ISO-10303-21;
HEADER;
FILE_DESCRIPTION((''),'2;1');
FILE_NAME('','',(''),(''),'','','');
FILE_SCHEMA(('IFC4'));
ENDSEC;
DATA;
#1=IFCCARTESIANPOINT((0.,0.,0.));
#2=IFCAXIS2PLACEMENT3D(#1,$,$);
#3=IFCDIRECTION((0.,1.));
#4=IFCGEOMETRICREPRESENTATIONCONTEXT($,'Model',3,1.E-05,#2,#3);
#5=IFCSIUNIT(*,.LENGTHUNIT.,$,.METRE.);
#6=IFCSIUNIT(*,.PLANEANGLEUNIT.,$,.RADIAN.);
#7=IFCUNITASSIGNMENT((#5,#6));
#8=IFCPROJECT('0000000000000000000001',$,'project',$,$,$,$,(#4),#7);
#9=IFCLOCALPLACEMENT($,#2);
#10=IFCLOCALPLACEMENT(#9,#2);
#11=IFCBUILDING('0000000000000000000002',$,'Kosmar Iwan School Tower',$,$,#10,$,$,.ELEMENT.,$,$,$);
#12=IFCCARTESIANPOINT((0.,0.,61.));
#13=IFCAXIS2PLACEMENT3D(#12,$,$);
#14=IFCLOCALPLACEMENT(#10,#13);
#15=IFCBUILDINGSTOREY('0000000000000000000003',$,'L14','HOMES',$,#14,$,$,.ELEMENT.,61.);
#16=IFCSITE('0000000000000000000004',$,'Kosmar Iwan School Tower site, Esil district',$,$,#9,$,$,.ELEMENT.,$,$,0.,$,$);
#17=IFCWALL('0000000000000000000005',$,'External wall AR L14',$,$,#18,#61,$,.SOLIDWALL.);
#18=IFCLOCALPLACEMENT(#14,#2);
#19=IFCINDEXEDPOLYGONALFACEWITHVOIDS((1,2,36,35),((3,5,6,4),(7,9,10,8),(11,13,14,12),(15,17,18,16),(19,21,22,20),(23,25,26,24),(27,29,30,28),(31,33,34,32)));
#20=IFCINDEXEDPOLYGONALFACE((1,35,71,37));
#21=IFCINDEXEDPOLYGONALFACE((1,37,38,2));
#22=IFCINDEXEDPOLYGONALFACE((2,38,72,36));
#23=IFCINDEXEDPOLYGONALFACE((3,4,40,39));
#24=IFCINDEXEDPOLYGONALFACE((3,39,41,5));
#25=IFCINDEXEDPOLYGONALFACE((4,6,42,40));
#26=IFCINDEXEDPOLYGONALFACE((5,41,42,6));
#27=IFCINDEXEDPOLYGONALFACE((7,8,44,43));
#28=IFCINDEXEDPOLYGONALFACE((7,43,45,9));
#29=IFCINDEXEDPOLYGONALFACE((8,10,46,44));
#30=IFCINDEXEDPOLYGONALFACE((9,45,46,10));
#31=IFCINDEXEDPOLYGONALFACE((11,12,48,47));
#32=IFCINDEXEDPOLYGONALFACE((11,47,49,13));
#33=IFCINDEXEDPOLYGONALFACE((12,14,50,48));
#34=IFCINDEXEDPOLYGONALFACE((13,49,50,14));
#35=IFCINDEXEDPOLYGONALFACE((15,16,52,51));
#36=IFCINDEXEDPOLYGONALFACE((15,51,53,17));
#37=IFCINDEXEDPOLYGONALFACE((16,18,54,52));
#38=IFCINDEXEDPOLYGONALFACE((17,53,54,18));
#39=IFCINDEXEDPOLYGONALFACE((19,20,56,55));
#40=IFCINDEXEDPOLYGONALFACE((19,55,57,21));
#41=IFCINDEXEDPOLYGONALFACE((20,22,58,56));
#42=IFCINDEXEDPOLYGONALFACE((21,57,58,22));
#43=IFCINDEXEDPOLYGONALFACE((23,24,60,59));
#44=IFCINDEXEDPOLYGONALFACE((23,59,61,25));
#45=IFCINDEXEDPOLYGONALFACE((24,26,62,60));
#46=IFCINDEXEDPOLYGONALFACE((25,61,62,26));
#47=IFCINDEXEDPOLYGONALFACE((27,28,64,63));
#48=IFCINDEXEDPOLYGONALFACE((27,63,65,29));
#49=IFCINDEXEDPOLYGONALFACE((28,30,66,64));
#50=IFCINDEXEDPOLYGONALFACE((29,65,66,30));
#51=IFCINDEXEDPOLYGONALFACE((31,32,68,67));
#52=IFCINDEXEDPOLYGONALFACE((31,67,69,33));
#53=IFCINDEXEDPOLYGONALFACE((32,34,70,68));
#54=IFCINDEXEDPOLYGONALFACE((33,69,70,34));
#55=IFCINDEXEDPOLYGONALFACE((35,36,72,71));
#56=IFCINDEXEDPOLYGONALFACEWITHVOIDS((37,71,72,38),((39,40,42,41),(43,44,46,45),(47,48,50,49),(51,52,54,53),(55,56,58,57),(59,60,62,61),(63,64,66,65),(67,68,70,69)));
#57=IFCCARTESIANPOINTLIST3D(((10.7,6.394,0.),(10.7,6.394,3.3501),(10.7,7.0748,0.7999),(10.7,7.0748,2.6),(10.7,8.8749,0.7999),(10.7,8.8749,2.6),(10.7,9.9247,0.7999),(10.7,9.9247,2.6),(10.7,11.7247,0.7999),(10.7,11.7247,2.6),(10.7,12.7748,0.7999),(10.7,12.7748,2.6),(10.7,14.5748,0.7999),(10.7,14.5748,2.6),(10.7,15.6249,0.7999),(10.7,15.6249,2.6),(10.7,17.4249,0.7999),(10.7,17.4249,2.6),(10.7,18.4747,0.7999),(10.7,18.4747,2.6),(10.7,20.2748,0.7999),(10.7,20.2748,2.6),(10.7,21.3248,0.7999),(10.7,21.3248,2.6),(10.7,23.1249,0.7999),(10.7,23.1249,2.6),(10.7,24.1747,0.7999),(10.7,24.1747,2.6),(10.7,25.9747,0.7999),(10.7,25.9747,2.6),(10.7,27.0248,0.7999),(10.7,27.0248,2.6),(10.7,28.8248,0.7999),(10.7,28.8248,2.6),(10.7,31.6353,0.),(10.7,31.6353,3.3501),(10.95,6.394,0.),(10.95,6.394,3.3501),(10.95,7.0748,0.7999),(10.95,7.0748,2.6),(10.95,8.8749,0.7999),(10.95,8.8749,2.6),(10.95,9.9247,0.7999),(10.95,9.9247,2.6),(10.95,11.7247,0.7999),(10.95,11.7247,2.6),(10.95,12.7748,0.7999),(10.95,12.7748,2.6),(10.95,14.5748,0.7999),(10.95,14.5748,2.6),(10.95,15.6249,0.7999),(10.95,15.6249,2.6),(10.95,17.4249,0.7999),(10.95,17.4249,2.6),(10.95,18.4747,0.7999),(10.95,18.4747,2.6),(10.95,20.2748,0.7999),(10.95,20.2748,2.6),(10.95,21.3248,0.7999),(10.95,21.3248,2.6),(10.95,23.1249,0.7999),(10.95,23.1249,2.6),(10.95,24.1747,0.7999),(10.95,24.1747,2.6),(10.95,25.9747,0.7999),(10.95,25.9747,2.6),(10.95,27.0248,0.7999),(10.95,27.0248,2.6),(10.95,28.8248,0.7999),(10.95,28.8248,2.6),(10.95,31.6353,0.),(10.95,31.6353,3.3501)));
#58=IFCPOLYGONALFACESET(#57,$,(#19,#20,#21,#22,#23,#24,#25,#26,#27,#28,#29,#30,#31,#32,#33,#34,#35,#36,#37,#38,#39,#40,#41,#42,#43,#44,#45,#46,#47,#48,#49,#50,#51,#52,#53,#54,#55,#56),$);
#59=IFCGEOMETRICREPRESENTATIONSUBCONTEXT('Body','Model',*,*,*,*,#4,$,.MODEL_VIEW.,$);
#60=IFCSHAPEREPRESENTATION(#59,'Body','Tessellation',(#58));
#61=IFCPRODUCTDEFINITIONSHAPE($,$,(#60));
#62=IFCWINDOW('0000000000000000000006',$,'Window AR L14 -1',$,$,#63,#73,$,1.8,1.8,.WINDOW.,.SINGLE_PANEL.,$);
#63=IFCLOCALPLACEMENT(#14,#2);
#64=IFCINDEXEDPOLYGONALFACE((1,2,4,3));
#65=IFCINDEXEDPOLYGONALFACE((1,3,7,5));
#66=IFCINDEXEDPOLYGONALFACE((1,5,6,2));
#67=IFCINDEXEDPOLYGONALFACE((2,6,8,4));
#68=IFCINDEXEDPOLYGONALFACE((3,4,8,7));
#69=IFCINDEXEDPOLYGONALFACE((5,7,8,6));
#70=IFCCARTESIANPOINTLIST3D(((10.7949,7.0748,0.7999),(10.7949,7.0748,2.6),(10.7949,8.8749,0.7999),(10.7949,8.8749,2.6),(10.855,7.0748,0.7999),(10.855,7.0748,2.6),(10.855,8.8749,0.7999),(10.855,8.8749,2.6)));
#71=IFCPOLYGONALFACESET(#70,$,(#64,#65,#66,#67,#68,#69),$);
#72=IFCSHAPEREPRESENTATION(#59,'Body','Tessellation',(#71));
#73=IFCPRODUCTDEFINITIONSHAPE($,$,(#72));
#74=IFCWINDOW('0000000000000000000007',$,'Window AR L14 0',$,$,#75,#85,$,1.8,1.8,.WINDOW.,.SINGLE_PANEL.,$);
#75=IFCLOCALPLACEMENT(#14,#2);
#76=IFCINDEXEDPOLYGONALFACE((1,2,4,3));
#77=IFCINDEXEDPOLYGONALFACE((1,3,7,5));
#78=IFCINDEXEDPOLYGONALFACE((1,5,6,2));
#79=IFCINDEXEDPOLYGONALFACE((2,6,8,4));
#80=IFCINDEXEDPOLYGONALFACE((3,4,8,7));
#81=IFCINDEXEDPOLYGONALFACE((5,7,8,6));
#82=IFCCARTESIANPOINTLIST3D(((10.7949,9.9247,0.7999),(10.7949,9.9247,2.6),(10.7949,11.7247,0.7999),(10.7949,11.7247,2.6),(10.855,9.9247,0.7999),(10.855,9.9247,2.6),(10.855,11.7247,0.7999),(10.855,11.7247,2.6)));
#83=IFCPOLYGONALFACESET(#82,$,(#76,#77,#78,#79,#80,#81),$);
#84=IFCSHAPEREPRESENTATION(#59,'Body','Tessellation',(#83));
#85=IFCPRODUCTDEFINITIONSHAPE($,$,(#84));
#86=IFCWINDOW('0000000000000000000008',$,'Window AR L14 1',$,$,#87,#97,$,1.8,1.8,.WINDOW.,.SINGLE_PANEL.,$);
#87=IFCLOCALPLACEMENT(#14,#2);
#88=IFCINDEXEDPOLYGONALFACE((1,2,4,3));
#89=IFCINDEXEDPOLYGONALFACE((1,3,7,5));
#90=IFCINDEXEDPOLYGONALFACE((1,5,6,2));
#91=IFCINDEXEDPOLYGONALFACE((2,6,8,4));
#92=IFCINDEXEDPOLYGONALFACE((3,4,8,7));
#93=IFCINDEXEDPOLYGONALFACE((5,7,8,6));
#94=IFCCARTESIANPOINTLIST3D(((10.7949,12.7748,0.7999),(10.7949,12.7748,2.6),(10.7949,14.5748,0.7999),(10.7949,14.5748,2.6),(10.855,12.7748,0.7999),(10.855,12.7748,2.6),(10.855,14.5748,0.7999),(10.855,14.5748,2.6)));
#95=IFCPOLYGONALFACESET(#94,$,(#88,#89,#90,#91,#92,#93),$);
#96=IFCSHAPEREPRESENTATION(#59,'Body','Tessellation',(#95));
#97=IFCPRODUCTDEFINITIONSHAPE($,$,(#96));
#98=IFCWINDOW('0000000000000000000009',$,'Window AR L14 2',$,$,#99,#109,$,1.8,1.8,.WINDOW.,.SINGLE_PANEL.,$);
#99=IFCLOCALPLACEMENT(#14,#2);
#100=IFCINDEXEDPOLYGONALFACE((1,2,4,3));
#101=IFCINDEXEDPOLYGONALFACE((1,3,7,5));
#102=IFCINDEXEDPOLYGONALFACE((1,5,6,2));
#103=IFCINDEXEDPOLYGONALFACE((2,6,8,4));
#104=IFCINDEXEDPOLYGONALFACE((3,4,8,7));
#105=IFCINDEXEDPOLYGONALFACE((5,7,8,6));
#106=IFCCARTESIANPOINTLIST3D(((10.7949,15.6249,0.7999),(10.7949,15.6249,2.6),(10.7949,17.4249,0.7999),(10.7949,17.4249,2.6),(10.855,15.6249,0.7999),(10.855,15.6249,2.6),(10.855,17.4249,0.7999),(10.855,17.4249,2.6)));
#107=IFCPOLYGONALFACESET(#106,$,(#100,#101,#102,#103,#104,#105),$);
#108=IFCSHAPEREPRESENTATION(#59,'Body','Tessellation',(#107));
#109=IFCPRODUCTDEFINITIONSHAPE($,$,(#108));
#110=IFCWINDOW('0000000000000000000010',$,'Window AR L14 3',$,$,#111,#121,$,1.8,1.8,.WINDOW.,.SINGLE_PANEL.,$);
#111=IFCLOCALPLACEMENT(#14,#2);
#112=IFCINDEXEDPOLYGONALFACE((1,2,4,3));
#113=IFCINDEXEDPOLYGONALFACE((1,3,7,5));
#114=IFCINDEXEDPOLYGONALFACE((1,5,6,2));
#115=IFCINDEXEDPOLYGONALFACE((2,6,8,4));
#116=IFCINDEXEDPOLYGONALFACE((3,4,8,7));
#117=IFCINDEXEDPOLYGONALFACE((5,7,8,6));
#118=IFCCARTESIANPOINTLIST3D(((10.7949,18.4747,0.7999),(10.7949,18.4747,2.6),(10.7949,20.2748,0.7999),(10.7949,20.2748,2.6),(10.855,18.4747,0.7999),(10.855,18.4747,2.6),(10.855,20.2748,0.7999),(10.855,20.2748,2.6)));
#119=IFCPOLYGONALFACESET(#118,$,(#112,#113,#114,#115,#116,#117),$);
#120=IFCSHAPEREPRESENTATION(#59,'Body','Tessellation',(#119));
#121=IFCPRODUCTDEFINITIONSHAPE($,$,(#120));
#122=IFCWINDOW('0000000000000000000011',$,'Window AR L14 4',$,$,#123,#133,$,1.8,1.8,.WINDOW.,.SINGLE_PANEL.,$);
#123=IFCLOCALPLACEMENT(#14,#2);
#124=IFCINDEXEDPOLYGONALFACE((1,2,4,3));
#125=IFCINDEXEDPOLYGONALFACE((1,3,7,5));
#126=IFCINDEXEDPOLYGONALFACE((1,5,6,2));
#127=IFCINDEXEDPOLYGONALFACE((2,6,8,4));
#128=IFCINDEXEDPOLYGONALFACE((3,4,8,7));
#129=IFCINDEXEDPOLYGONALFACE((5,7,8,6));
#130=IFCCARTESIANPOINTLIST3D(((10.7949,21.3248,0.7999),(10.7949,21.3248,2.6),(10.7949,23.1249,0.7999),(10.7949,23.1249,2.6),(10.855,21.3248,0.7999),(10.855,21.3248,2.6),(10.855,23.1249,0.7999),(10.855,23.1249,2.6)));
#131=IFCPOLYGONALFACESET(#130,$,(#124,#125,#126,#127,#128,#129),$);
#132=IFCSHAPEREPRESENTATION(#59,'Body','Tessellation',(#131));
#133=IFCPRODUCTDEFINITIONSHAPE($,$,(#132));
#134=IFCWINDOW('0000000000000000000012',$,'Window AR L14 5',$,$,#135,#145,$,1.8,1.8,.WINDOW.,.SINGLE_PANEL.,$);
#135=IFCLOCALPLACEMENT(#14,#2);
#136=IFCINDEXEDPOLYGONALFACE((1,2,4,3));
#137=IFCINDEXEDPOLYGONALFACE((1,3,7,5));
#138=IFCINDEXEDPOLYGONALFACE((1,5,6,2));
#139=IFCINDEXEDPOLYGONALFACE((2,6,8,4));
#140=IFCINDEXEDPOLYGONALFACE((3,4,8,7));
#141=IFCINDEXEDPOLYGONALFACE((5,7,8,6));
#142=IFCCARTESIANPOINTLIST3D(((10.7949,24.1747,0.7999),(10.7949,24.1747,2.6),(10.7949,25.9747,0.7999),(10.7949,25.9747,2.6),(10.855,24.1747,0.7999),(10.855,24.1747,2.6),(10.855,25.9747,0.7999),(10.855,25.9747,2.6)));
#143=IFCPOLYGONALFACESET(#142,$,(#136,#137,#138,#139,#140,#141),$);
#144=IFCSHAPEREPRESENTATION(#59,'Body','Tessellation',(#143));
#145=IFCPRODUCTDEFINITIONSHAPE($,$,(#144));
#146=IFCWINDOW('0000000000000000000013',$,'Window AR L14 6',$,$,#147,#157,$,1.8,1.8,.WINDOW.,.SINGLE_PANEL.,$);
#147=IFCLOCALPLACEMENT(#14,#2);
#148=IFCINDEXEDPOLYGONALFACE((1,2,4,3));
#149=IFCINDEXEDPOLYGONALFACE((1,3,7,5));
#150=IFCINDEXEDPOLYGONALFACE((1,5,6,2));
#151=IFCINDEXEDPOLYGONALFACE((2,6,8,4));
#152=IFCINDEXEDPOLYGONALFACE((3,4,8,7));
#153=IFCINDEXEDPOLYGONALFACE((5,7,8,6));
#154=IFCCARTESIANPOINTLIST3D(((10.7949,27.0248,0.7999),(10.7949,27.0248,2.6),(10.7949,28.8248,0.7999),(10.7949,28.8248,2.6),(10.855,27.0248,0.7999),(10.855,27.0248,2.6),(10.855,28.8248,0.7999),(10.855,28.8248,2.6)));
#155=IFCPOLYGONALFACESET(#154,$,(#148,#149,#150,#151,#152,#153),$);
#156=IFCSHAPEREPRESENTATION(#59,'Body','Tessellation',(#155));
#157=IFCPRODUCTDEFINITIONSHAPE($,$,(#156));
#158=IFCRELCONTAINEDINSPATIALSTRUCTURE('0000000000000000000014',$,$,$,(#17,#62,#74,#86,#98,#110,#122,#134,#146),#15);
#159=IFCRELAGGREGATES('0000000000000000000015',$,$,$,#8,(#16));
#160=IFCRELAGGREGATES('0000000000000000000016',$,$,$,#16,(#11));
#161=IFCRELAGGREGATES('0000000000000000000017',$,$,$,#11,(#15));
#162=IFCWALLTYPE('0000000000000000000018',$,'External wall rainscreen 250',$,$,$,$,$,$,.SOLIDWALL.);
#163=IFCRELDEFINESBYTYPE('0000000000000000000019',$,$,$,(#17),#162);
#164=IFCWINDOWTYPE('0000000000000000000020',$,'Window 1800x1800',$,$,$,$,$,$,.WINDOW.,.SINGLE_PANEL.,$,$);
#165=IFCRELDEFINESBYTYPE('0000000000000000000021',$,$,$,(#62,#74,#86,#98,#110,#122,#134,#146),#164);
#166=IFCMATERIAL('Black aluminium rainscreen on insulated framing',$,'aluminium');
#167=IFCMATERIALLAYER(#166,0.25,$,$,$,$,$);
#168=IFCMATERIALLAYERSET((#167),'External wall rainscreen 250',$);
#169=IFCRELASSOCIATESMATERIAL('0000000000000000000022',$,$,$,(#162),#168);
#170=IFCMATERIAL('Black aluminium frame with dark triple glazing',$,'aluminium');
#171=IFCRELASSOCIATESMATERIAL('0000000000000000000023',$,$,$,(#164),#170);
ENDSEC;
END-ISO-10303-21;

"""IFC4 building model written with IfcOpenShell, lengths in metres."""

from ifc_helpers import new_model, si_unit, direction, frame, frame_2d, origin, place, context, subcontext, project, spatial, rectangle, extrude, material, layer, layer_set, type_object, element, fill, save


model = new_model("IFC4")

# Units and contexts
model_context = context("Model", 3, precision=1e-05, world=origin(), true_north=direction((0.0, 1.0)))
body_context = subcontext(model_context, "Body", "Model", "MODEL_VIEW")
ifc_project = project(units=[si_unit("LENGTHUNIT", "METRE"), si_unit("PLANEANGLEUNIT", "RADIAN")], contexts=[model_context])

# Site, building, storey
site_placement = place(None, origin())
site = spatial("IfcSite", under=ifc_project, at=site_placement, Name="Kosmar Iwan School Tower site, Esil district", CompositionType="ELEMENT", RefElevation=0.0)
building_placement = place(site_placement, origin())
building = spatial("IfcBuilding", under=site, at=building_placement, Name="Kosmar Iwan School Tower", CompositionType="ELEMENT")
storey_placement = place(building_placement, frame((0.0, 0.0, 61.0)))
storey = spatial("IfcBuildingStorey", under=building, at=storey_placement, Name="L14", Description="HOMES", CompositionType="ELEMENT", Elevation=61.0)

# Wall, openings, windows
ifc_material_1 = material(Name="Black aluminium rainscreen on insulated framing", Category="aluminium")
ifc_layer = layer(ifc_material_1, 0.25)
ifc_layer_set = layer_set([ifc_layer], Name="External wall rainscreen 250")
wall_type = type_object("IfcWallType", Name="External wall rainscreen 250", PredefinedType="SOLIDWALL", material=ifc_layer_set)
ifc_material_2 = material(Name="Black aluminium frame with dark triple glazing", Category="aluminium")
window_type = type_object("IfcWindowType", Name="Window 1800x1800", PartitioningType="SINGLE_PANEL", PredefinedType="WINDOW", material=ifc_material_2)
wall_1_placement = place(storey_placement, frame((10.825, 6.394, 0.0), z_axis=(0.0, 0.0, 1.0), x_axis=(0.0, 1.0, 0.0)))
wall_1 = element("IfcWall", 1, at=wall_1_placement, inside=storey, type_object=wall_type, Name="External wall AR L14", PredefinedType="SOLIDWALL", context=body_context, shape_type="SweptSolid", body=[
    extrude(rectangle(XDim=25.2412, YDim=0.25, at=frame_2d((12.6206, 0.0))), origin(), (0.0, 0.0, 1.0), 3.3501),
])
opening_1_placement = place(wall_1_placement, frame((0.6809, 0.0, 0.8)))
opening_1 = element("IfcOpeningElement", 2, at=opening_1_placement, cuts=wall_1, PredefinedType="OPENING", context=body_context, shape_type="SweptSolid", body=[
    extrude(rectangle(XDim=1.8, YDim=1.8, at=frame_2d((0.8999, 0.8999))), frame((0.0, 0.137, 0.0), z_axis=(0.0, -1.0, 0.0), x_axis=(1.0, 0.0, 0.0)), (0.0, 0.0, 1.0), 0.2739),
])
opening_2_placement = place(wall_1_placement, frame((3.5308, 0.0, 0.8)))
opening_2 = element("IfcOpeningElement", 3, at=opening_2_placement, cuts=wall_1, PredefinedType="OPENING", context=body_context, shape_type="SweptSolid", body=[
    extrude(rectangle(XDim=1.8, YDim=1.8, at=frame_2d((0.8999, 0.8999))), frame((0.0, 0.137, 0.0), z_axis=(0.0, -1.0, 0.0), x_axis=(1.0, 0.0, 0.0)), (0.0, 0.0, 1.0), 0.2739),
])
opening_3_placement = place(wall_1_placement, frame((6.3809, 0.0, 0.8)))
opening_3 = element("IfcOpeningElement", 4, at=opening_3_placement, cuts=wall_1, PredefinedType="OPENING", context=body_context, shape_type="SweptSolid", body=[
    extrude(rectangle(XDim=1.8, YDim=1.8, at=frame_2d((0.8999, 0.8999))), frame((0.0, 0.137, 0.0), z_axis=(0.0, -1.0, 0.0), x_axis=(1.0, 0.0, 0.0)), (0.0, 0.0, 1.0), 0.2739),
])
opening_4_placement = place(wall_1_placement, frame((9.231, 0.0, 0.8)))
opening_4 = element("IfcOpeningElement", 5, at=opening_4_placement, cuts=wall_1, PredefinedType="OPENING", context=body_context, shape_type="SweptSolid", body=[
    extrude(rectangle(XDim=1.8, YDim=1.8, at=frame_2d((0.8999, 0.8999))), frame((0.0, 0.137, 0.0), z_axis=(0.0, -1.0, 0.0), x_axis=(1.0, 0.0, 0.0)), (0.0, 0.0, 1.0), 0.2739),
])
opening_5_placement = place(wall_1_placement, frame((12.0808, 0.0, 0.8)))
opening_5 = element("IfcOpeningElement", 6, at=opening_5_placement, cuts=wall_1, PredefinedType="OPENING", context=body_context, shape_type="SweptSolid", body=[
    extrude(rectangle(XDim=1.8, YDim=1.8, at=frame_2d((0.8999, 0.8999))), frame((0.0, 0.137, 0.0), z_axis=(0.0, -1.0, 0.0), x_axis=(1.0, 0.0, 0.0)), (0.0, 0.0, 1.0), 0.2739),
])
opening_6_placement = place(wall_1_placement, frame((14.9309, 0.0, 0.8)))
opening_6 = element("IfcOpeningElement", 7, at=opening_6_placement, cuts=wall_1, PredefinedType="OPENING", context=body_context, shape_type="SweptSolid", body=[
    extrude(rectangle(XDim=1.8, YDim=1.8, at=frame_2d((0.8999, 0.8999))), frame((0.0, 0.137, 0.0), z_axis=(0.0, -1.0, 0.0), x_axis=(1.0, 0.0, 0.0)), (0.0, 0.0, 1.0), 0.2739),
])
opening_7_placement = place(wall_1_placement, frame((17.7808, 0.0, 0.8)))
opening_7 = element("IfcOpeningElement", 8, at=opening_7_placement, cuts=wall_1, PredefinedType="OPENING", context=body_context, shape_type="SweptSolid", body=[
    extrude(rectangle(XDim=1.8, YDim=1.8, at=frame_2d((0.8999, 0.8999))), frame((0.0, 0.137, 0.0), z_axis=(0.0, -1.0, 0.0), x_axis=(1.0, 0.0, 0.0)), (0.0, 0.0, 1.0), 0.2739),
])
opening_8_placement = place(wall_1_placement, frame((20.6309, 0.0, 0.8)))
opening_8 = element("IfcOpeningElement", 9, at=opening_8_placement, cuts=wall_1, PredefinedType="OPENING", context=body_context, shape_type="SweptSolid", body=[
    extrude(rectangle(XDim=1.8, YDim=1.8, at=frame_2d((0.8999, 0.8999))), frame((0.0, 0.137, 0.0), z_axis=(0.0, -1.0, 0.0), x_axis=(1.0, 0.0, 0.0)), (0.0, 0.0, 1.0), 0.2739),
])
window_1_placement = place(opening_1_placement, origin())
window_1 = element("IfcWindow", 10, at=window_1_placement, inside=storey, type_object=window_type, Name="Window AR L14 -1", OverallHeight=1.8, OverallWidth=1.8, PartitioningType="SINGLE_PANEL", PredefinedType="WINDOW", context=body_context, shape_type="SweptSolid", body=[
    extrude(rectangle(XDim=1.8, YDim=1.8, at=frame_2d((0.8999, 0.8999))), frame((0.0, 0.03, 0.0), z_axis=(0.0, -1.0, 0.0), x_axis=(1.0, 0.0, 0.0)), (0.0, 0.0, 1.0), 0.0601),
])
fill(opening_1, window_1)
window_2_placement = place(opening_2_placement, origin())
window_2 = element("IfcWindow", 11, at=window_2_placement, inside=storey, type_object=window_type, Name="Window AR L14 0", OverallHeight=1.8, OverallWidth=1.8, PartitioningType="SINGLE_PANEL", PredefinedType="WINDOW", context=body_context, shape_type="SweptSolid", body=[
    extrude(rectangle(XDim=1.8, YDim=1.8, at=frame_2d((0.8999, 0.8999))), frame((0.0, 0.03, 0.0), z_axis=(0.0, -1.0, 0.0), x_axis=(1.0, 0.0, 0.0)), (0.0, 0.0, 1.0), 0.0601),
])
fill(opening_2, window_2)
window_3_placement = place(opening_3_placement, origin())
window_3 = element("IfcWindow", 12, at=window_3_placement, inside=storey, type_object=window_type, Name="Window AR L14 1", OverallHeight=1.8, OverallWidth=1.8, PartitioningType="SINGLE_PANEL", PredefinedType="WINDOW", context=body_context, shape_type="SweptSolid", body=[
    extrude(rectangle(XDim=1.8, YDim=1.8, at=frame_2d((0.8999, 0.8999))), frame((0.0, 0.03, 0.0), z_axis=(0.0, -1.0, 0.0), x_axis=(1.0, 0.0, 0.0)), (0.0, 0.0, 1.0), 0.0601),
])
fill(opening_3, window_3)
window_4_placement = place(opening_4_placement, origin())
window_4 = element("IfcWindow", 13, at=window_4_placement, inside=storey, type_object=window_type, Name="Window AR L14 2", OverallHeight=1.8, OverallWidth=1.8, PartitioningType="SINGLE_PANEL", PredefinedType="WINDOW", context=body_context, shape_type="SweptSolid", body=[
    extrude(rectangle(XDim=1.8, YDim=1.8, at=frame_2d((0.8999, 0.8999))), frame((0.0, 0.03, 0.0), z_axis=(0.0, -1.0, 0.0), x_axis=(1.0, 0.0, 0.0)), (0.0, 0.0, 1.0), 0.0601),
])
fill(opening_4, window_4)
window_5_placement = place(opening_5_placement, origin())
window_5 = element("IfcWindow", 14, at=window_5_placement, inside=storey, type_object=window_type, Name="Window AR L14 3", OverallHeight=1.8, OverallWidth=1.8, PartitioningType="SINGLE_PANEL", PredefinedType="WINDOW", context=body_context, shape_type="SweptSolid", body=[
    extrude(rectangle(XDim=1.8, YDim=1.8, at=frame_2d((0.8999, 0.8999))), frame((0.0, 0.03, 0.0), z_axis=(0.0, -1.0, 0.0), x_axis=(1.0, 0.0, 0.0)), (0.0, 0.0, 1.0), 0.0601),
])
fill(opening_5, window_5)
window_6_placement = place(opening_6_placement, origin())
window_6 = element("IfcWindow", 15, at=window_6_placement, inside=storey, type_object=window_type, Name="Window AR L14 4", OverallHeight=1.8, OverallWidth=1.8, PartitioningType="SINGLE_PANEL", PredefinedType="WINDOW", context=body_context, shape_type="SweptSolid", body=[
    extrude(rectangle(XDim=1.8, YDim=1.8, at=frame_2d((0.8999, 0.8999))), frame((0.0, 0.03, 0.0), z_axis=(0.0, -1.0, 0.0), x_axis=(1.0, 0.0, 0.0)), (0.0, 0.0, 1.0), 0.0601),
])
fill(opening_6, window_6)
window_7_placement = place(opening_7_placement, origin())
window_7 = element("IfcWindow", 16, at=window_7_placement, inside=storey, type_object=window_type, Name="Window AR L14 5", OverallHeight=1.8, OverallWidth=1.8, PartitioningType="SINGLE_PANEL", PredefinedType="WINDOW", context=body_context, shape_type="SweptSolid", body=[
    extrude(rectangle(XDim=1.8, YDim=1.8, at=frame_2d((0.8999, 0.8999))), frame((0.0, 0.03, 0.0), z_axis=(0.0, -1.0, 0.0), x_axis=(1.0, 0.0, 0.0)), (0.0, 0.0, 1.0), 0.0601),
])
fill(opening_7, window_7)
window_8_placement = place(opening_8_placement, origin())
window_8 = element("IfcWindow", 17, at=window_8_placement, inside=storey, type_object=window_type, Name="Window AR L14 6", OverallHeight=1.8, OverallWidth=1.8, PartitioningType="SINGLE_PANEL", PredefinedType="WINDOW", context=body_context, shape_type="SweptSolid", body=[
    extrude(rectangle(XDim=1.8, YDim=1.8, at=frame_2d((0.8999, 0.8999))), frame((0.0, 0.03, 0.0), z_axis=(0.0, -1.0, 0.0), x_axis=(1.0, 0.0, 0.0)), (0.0, 0.0, 1.0), 0.0601),
])
fill(opening_8, window_8)

save(model, "model.ifc")
